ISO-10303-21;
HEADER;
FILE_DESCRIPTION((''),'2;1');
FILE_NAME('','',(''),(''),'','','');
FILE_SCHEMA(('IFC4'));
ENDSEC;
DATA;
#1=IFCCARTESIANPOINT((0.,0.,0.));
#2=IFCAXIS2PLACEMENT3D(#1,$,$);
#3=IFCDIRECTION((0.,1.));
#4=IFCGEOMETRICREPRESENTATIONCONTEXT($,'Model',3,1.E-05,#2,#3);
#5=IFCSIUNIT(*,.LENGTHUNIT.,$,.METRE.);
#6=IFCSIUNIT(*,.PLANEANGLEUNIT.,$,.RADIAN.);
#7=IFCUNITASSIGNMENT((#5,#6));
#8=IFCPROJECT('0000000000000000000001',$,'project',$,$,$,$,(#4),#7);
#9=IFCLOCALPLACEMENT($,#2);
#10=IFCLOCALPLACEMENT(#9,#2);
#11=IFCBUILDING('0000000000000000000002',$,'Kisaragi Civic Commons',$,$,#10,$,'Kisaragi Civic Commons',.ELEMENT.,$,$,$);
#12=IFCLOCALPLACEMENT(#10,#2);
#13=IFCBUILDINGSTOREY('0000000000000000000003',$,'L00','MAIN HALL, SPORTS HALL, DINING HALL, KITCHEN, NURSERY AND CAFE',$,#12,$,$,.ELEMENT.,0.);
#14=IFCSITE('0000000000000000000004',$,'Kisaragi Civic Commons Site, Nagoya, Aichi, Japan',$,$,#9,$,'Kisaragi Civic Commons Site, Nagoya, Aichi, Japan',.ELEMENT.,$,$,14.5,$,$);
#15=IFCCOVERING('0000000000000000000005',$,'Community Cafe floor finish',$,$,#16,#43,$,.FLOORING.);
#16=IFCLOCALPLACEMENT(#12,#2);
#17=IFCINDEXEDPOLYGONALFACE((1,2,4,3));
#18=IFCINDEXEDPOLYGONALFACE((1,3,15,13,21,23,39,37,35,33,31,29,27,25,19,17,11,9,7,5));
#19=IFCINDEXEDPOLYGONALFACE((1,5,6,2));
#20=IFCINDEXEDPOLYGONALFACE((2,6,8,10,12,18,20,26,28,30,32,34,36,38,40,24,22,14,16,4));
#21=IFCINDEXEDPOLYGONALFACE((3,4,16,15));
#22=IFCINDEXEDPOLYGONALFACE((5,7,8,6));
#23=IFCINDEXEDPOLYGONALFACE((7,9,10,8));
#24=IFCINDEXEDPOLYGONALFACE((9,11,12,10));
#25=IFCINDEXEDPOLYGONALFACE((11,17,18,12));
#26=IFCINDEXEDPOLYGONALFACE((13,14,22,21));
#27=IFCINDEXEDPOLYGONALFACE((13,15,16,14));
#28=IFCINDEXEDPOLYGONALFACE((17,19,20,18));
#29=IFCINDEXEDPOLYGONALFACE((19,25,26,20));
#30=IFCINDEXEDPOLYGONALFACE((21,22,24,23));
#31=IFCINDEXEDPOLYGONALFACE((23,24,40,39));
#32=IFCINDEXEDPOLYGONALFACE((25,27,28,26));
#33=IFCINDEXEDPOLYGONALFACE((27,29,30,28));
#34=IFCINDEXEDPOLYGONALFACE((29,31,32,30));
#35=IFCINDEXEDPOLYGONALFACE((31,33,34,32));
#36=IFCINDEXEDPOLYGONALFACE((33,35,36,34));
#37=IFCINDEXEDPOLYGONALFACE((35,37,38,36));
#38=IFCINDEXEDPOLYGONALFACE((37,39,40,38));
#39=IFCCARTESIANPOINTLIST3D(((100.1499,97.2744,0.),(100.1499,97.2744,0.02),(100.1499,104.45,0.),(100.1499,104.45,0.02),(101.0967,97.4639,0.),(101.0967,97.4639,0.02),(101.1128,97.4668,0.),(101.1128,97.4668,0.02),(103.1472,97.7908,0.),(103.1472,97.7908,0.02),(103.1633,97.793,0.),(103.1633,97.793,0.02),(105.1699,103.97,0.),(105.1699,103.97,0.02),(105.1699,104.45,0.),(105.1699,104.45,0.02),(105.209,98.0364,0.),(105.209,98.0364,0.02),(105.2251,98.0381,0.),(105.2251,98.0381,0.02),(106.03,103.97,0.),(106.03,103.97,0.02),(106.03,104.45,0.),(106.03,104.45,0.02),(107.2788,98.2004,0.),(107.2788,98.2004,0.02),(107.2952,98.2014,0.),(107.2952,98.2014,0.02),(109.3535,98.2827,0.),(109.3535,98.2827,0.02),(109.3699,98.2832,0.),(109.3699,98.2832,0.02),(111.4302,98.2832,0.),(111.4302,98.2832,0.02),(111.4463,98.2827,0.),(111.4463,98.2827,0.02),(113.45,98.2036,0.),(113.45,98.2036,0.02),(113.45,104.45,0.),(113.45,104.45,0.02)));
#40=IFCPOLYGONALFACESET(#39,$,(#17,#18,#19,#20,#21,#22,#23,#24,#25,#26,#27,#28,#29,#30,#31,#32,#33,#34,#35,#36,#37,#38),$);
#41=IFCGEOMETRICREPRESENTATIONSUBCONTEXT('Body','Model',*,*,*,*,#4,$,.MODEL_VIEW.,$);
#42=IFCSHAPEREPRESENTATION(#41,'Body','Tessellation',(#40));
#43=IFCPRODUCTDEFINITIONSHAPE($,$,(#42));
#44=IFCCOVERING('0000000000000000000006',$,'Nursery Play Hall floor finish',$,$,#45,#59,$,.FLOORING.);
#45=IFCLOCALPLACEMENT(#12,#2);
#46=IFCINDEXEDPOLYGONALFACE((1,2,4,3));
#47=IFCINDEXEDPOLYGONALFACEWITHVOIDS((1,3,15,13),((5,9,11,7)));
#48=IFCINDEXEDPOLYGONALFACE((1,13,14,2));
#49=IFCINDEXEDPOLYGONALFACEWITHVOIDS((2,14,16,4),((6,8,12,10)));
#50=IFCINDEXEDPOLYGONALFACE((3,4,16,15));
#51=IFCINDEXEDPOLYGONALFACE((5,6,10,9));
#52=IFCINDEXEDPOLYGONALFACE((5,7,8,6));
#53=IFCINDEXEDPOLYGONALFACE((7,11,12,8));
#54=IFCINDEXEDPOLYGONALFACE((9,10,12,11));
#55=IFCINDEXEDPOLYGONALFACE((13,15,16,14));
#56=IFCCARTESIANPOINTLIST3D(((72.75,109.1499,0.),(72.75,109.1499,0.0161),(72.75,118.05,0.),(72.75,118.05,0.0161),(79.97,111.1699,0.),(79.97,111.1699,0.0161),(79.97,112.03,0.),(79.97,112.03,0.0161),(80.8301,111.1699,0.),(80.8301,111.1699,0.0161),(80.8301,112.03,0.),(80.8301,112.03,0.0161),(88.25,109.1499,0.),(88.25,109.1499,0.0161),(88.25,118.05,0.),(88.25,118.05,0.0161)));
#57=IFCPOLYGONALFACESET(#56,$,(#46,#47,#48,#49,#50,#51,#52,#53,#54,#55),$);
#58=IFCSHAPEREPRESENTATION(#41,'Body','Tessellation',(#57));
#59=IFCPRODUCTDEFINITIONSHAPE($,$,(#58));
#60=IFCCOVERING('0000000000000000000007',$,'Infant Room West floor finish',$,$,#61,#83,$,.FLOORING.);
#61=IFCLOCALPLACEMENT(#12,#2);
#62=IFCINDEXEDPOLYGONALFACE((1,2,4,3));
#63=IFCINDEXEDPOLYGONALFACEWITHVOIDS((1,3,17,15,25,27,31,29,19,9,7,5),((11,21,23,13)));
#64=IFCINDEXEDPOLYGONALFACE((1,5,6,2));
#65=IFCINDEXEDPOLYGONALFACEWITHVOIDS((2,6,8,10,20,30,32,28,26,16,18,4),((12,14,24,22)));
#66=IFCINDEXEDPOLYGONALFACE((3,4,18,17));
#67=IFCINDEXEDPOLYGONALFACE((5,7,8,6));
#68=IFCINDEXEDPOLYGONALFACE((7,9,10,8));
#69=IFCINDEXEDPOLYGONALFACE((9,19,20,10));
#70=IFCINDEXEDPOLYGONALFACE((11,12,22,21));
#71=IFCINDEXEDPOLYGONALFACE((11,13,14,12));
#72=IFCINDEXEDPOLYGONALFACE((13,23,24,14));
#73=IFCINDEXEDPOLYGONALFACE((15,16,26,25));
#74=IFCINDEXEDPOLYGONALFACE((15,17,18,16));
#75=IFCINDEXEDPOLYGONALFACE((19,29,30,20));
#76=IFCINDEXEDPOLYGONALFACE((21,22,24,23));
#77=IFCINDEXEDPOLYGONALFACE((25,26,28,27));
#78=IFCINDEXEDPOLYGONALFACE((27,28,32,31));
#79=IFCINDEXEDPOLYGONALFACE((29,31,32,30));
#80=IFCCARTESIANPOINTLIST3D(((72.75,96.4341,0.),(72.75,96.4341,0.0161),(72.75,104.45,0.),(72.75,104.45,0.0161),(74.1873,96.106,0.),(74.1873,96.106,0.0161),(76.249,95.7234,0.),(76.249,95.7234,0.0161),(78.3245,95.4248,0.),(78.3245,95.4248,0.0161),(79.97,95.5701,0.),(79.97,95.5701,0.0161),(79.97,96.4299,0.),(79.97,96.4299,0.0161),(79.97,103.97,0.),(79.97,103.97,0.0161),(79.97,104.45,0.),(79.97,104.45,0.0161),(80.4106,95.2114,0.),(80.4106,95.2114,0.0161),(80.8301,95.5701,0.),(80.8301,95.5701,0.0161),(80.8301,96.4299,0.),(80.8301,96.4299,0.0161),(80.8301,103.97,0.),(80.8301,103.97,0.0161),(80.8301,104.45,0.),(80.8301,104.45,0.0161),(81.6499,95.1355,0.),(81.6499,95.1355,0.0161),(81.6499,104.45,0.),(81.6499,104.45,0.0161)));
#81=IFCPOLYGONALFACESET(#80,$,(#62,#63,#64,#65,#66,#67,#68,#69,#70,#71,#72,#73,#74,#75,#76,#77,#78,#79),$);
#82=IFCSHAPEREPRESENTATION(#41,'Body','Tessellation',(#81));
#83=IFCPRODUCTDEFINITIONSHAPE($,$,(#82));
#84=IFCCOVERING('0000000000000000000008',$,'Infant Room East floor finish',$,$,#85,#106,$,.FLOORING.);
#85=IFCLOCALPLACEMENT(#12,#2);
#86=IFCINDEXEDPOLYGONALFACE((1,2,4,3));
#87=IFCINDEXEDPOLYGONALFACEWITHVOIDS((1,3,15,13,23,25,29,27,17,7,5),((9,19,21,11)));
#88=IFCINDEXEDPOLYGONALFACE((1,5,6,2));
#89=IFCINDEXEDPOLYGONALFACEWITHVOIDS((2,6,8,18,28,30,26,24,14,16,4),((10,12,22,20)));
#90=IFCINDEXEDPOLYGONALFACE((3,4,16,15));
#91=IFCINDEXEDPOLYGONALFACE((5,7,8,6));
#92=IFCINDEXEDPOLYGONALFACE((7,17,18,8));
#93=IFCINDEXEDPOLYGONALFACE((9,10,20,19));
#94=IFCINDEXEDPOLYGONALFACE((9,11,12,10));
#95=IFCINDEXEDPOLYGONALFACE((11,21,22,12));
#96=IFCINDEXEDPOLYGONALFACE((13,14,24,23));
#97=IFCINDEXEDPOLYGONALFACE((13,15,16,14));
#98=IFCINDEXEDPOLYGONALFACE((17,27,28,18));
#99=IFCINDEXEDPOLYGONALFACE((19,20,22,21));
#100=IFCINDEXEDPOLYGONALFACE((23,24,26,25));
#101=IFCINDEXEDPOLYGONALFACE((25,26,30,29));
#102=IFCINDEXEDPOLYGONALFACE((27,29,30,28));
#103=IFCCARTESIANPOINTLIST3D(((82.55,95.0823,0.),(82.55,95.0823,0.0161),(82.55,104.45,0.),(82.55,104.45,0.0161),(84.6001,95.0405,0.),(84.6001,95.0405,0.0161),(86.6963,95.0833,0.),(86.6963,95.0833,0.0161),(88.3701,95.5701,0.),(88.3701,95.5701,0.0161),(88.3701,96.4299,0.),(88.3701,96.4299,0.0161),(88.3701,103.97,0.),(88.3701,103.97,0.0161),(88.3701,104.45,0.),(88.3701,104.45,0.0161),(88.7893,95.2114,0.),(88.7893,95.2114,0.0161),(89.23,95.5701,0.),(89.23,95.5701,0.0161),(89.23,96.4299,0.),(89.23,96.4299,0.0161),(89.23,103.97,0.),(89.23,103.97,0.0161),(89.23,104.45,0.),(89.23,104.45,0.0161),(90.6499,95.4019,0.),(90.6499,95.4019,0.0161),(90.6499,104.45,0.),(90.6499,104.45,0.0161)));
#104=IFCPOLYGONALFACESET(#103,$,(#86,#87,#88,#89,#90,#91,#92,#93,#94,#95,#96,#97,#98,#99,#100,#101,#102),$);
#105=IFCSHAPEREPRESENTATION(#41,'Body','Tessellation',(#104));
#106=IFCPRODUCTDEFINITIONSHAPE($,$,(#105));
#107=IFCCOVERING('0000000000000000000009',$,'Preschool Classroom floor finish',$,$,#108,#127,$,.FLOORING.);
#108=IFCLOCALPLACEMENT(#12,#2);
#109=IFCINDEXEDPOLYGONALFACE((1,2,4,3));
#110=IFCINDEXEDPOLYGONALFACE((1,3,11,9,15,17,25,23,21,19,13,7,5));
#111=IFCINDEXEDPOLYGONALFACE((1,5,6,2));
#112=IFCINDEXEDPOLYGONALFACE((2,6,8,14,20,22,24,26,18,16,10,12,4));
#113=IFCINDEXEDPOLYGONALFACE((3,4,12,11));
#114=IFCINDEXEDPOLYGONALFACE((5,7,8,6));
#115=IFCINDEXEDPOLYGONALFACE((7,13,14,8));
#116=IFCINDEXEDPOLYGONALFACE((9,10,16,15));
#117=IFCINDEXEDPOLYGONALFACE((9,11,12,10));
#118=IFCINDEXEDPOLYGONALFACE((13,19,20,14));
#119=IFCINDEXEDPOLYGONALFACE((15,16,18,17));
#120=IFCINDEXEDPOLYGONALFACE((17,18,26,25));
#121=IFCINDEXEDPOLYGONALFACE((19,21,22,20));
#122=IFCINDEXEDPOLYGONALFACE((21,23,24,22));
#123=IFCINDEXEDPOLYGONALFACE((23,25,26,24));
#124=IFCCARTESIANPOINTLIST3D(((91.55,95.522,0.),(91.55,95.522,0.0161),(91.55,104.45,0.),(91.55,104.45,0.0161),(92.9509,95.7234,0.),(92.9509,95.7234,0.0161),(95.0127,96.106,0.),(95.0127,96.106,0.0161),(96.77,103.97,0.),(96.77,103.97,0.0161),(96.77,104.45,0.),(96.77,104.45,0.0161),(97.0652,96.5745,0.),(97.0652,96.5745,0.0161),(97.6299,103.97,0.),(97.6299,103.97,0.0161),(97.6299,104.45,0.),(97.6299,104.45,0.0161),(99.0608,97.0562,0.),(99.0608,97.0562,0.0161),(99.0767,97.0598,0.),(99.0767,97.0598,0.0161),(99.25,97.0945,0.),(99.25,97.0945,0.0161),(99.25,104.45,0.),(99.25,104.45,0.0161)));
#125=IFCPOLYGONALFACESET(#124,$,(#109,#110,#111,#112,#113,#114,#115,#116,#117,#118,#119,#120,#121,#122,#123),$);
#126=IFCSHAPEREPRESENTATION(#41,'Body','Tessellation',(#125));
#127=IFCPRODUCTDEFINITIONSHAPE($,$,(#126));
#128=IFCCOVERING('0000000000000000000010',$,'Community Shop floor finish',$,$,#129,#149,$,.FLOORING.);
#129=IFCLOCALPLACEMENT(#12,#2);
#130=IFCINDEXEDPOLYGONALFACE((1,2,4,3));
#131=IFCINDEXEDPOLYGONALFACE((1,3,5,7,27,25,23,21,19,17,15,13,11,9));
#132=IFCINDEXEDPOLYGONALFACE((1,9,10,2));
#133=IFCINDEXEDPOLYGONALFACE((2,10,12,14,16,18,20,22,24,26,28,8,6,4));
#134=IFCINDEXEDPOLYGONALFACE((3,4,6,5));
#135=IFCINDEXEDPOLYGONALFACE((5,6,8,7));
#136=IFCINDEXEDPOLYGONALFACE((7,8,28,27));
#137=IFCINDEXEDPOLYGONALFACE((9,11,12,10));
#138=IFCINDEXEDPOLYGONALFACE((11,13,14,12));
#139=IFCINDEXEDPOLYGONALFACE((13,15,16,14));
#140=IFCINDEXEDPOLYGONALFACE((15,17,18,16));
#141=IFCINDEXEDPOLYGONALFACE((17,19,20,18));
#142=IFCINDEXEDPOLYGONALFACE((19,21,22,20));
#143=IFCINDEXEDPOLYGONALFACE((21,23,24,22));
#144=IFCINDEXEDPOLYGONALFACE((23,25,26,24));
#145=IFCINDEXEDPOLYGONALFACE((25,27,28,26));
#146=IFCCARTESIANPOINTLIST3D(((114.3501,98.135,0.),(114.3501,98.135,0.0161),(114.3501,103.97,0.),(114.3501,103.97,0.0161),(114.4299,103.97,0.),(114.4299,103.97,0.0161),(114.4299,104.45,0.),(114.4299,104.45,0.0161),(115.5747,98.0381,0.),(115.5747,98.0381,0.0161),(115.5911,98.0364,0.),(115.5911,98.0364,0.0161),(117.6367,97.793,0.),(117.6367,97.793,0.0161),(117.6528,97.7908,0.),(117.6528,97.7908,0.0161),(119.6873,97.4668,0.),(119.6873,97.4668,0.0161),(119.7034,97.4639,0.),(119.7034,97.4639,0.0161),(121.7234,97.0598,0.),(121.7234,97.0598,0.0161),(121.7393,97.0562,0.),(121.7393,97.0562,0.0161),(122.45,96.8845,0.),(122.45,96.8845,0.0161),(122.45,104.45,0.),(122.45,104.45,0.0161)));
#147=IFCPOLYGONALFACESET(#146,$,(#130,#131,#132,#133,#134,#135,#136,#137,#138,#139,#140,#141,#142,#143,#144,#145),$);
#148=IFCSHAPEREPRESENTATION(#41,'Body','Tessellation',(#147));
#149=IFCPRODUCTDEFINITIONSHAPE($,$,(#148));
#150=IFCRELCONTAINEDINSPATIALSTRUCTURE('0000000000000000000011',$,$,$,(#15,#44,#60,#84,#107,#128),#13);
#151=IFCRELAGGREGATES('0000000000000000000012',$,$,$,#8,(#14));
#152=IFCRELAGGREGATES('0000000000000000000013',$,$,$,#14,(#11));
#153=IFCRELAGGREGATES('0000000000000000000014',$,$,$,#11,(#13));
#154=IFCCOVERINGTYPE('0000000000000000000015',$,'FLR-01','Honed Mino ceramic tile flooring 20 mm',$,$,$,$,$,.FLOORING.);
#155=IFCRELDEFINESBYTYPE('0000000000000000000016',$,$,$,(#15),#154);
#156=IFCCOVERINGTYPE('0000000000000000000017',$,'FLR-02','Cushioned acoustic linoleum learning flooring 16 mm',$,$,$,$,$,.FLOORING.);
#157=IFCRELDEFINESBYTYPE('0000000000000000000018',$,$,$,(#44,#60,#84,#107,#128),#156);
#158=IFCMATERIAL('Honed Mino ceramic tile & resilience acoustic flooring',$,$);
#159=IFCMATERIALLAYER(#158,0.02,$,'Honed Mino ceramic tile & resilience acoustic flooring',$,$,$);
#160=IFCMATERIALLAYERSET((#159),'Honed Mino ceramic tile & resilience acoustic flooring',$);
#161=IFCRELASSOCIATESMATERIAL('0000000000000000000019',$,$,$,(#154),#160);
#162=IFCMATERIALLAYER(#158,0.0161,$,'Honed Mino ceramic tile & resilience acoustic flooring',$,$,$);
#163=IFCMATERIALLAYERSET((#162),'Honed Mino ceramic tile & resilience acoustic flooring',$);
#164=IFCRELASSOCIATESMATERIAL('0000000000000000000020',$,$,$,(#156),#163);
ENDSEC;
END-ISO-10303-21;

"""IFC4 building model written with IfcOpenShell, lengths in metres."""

from ifc_helpers import new_model, si_unit, direction, origin, place, context, subcontext, project, spatial, polyline, outline, extrude, material, layer, layer_set, type_object, element, save


model = new_model("IFC4")

# Units and contexts
model_context = context("Model", 3, precision=1e-05, world=origin(), true_north=direction((0.0, 1.0)))
body_context = subcontext(model_context, "Body", "Model", "MODEL_VIEW")
ifc_project = project(units=[si_unit("LENGTHUNIT", "METRE"), si_unit("PLANEANGLEUNIT", "RADIAN")], contexts=[model_context])

# Site, building, storey
site_placement = place(None, origin())
site = spatial("IfcSite", under=ifc_project, at=site_placement, Name="Kisaragi Civic Commons Site, Nagoya, Aichi, Japan", LongName="Kisaragi Civic Commons Site, Nagoya, Aichi, Japan", CompositionType="ELEMENT", RefElevation=14.5)
building_placement = place(site_placement, origin())
building = spatial("IfcBuilding", under=site, at=building_placement, Name="Kisaragi Civic Commons", LongName="Kisaragi Civic Commons", CompositionType="ELEMENT")
storey_placement = place(building_placement, origin())
storey = spatial("IfcBuildingStorey", under=building, at=storey_placement, Name="L00", Description="MAIN HALL, SPORTS HALL, DINING HALL, KITCHEN, NURSERY AND CAFE", CompositionType="ELEMENT", Elevation=0.0)

# Coverings
ifc_material_1 = material(Name="Honed Mino ceramic tile & resilience acoustic flooring")
ifc_layer_1 = layer(ifc_material_1, 0.02, Name="Honed Mino ceramic tile & resilience acoustic flooring")
ifc_layer_set_1 = layer_set([ifc_layer_1], Name="Honed Mino ceramic tile & resilience acoustic flooring")
covering_type_1 = type_object("IfcCoveringType", Name="FLR-01", Description="Honed Mino ceramic tile flooring 20 mm", PredefinedType="FLOORING", material=ifc_layer_set_1)
covering_1_placement = place(storey_placement, origin())
element("IfcCovering", 1, at=covering_1_placement, inside=storey, type_object=covering_type_1, Name="Community Cafe floor finish", PredefinedType="FLOORING", context=body_context, shape_type="SweptSolid", body=[
    extrude(outline(polyline([(113.45, 98.2036), (113.45, 104.45), (106.03, 104.45), (106.03, 103.97), (105.1699, 103.97), (105.1699, 104.45), (100.1499, 104.45), (100.1499, 97.2744), (101.0967, 97.4639), (101.1128, 97.4668), (103.1472, 97.7908), (103.1633, 97.793), (105.209, 98.0364), (105.2251, 98.0381), (107.2788, 98.2004), (107.2952, 98.2014), (109.3535, 98.2827), (109.3699, 98.2832), (111.4302, 98.2832), (111.4463, 98.2827), (113.45, 98.2036)])), origin(), (0.0, 0.0, 1.0), 0.02),
])
ifc_layer_2 = layer(ifc_material_1, 0.0161, Name="Honed Mino ceramic tile & resilience acoustic flooring")
ifc_layer_set_2 = layer_set([ifc_layer_2], Name="Honed Mino ceramic tile & resilience acoustic flooring")
covering_type_2 = type_object("IfcCoveringType", Name="FLR-02", Description="Cushioned acoustic linoleum learning flooring 16 mm", PredefinedType="FLOORING", material=ifc_layer_set_2)
covering_2_placement = place(storey_placement, origin())
element("IfcCovering", 2, at=covering_2_placement, inside=storey, type_object=covering_type_2, Name="Nursery Play Hall floor finish", PredefinedType="FLOORING", context=body_context, shape_type="SweptSolid", body=[
    extrude(outline(polyline([(88.25, 118.05), (72.75, 118.05), (72.75, 109.1499), (88.25, 109.1499), (88.25, 118.05)]), holes=[polyline([(80.8301, 111.1699), (79.97, 111.1699), (79.97, 112.03), (80.8301, 112.03), (80.8301, 111.1699)])]), origin(), (0.0, 0.0, 1.0), 0.0161),
])
covering_3_placement = place(storey_placement, origin())
element("IfcCovering", 3, at=covering_3_placement, inside=storey, type_object=covering_type_2, Name="Infant Room West floor finish", PredefinedType="FLOORING", context=body_context, shape_type="SweptSolid", body=[
    extrude(outline(polyline([(81.6499, 95.1355), (81.6499, 104.45), (80.8301, 104.45), (80.8301, 103.97), (79.97, 103.97), (79.97, 104.45), (72.75, 104.45), (72.75, 96.4341), (74.1873, 96.106), (76.249, 95.7234), (78.3245, 95.4248), (80.4106, 95.2114), (81.6499, 95.1355)]), holes=[polyline([(80.8301, 96.4299), (80.8301, 95.5701), (79.97, 95.5701), (79.97, 96.4299), (80.8301, 96.4299)])]), origin(), (0.0, 0.0, 1.0), 0.0161),
])
covering_4_placement = place(storey_placement, origin())
element("IfcCovering", 4, at=covering_4_placement, inside=storey, type_object=covering_type_2, Name="Infant Room East floor finish", PredefinedType="FLOORING", context=body_context, shape_type="SweptSolid", body=[
    extrude(outline(polyline([(82.55, 95.0823), (84.6001, 95.0405), (86.6963, 95.0833), (88.7893, 95.2114), (90.6499, 95.4019), (90.6499, 104.45), (89.23, 104.45), (89.23, 103.97), (88.3701, 103.97), (88.3701, 104.45), (82.55, 104.45), (82.55, 95.0823)]), holes=[polyline([(89.23, 95.5701), (88.3701, 95.5701), (88.3701, 96.4299), (89.23, 96.4299), (89.23, 95.5701)])]), origin(), (0.0, 0.0, 1.0), 0.0161),
])
covering_5_placement = place(storey_placement, origin())
element("IfcCovering", 5, at=covering_5_placement, inside=storey, type_object=covering_type_2, Name="Preschool Classroom floor finish", PredefinedType="FLOORING", context=body_context, shape_type="SweptSolid", body=[
    extrude(outline(polyline([(99.25, 97.0945), (99.25, 104.45), (97.6299, 104.45), (97.6299, 103.97), (96.77, 103.97), (96.77, 104.45), (91.55, 104.45), (91.55, 95.522), (92.9509, 95.7234), (95.0127, 96.106), (97.0652, 96.5745), (99.0608, 97.0562), (99.0767, 97.0598), (99.25, 97.0945)])), origin(), (0.0, 0.0, 1.0), 0.0161),
])
covering_6_placement = place(storey_placement, origin())
element("IfcCovering", 6, at=covering_6_placement, inside=storey, type_object=covering_type_2, Name="Community Shop floor finish", PredefinedType="FLOORING", context=body_context, shape_type="SweptSolid", body=[
    extrude(outline(polyline([(122.45, 96.8845), (122.45, 104.45), (114.4299, 104.45), (114.4299, 103.97), (114.3501, 103.97), (114.3501, 98.135), (115.5747, 98.0381), (115.5911, 98.0364), (117.6367, 97.793), (117.6528, 97.7908), (119.6873, 97.4668), (119.7034, 97.4639), (121.7234, 97.0598), (121.7393, 97.0562), (122.45, 96.8845)])), origin(), (0.0, 0.0, 1.0), 0.0161),
])

save(model, "model.ifc")
